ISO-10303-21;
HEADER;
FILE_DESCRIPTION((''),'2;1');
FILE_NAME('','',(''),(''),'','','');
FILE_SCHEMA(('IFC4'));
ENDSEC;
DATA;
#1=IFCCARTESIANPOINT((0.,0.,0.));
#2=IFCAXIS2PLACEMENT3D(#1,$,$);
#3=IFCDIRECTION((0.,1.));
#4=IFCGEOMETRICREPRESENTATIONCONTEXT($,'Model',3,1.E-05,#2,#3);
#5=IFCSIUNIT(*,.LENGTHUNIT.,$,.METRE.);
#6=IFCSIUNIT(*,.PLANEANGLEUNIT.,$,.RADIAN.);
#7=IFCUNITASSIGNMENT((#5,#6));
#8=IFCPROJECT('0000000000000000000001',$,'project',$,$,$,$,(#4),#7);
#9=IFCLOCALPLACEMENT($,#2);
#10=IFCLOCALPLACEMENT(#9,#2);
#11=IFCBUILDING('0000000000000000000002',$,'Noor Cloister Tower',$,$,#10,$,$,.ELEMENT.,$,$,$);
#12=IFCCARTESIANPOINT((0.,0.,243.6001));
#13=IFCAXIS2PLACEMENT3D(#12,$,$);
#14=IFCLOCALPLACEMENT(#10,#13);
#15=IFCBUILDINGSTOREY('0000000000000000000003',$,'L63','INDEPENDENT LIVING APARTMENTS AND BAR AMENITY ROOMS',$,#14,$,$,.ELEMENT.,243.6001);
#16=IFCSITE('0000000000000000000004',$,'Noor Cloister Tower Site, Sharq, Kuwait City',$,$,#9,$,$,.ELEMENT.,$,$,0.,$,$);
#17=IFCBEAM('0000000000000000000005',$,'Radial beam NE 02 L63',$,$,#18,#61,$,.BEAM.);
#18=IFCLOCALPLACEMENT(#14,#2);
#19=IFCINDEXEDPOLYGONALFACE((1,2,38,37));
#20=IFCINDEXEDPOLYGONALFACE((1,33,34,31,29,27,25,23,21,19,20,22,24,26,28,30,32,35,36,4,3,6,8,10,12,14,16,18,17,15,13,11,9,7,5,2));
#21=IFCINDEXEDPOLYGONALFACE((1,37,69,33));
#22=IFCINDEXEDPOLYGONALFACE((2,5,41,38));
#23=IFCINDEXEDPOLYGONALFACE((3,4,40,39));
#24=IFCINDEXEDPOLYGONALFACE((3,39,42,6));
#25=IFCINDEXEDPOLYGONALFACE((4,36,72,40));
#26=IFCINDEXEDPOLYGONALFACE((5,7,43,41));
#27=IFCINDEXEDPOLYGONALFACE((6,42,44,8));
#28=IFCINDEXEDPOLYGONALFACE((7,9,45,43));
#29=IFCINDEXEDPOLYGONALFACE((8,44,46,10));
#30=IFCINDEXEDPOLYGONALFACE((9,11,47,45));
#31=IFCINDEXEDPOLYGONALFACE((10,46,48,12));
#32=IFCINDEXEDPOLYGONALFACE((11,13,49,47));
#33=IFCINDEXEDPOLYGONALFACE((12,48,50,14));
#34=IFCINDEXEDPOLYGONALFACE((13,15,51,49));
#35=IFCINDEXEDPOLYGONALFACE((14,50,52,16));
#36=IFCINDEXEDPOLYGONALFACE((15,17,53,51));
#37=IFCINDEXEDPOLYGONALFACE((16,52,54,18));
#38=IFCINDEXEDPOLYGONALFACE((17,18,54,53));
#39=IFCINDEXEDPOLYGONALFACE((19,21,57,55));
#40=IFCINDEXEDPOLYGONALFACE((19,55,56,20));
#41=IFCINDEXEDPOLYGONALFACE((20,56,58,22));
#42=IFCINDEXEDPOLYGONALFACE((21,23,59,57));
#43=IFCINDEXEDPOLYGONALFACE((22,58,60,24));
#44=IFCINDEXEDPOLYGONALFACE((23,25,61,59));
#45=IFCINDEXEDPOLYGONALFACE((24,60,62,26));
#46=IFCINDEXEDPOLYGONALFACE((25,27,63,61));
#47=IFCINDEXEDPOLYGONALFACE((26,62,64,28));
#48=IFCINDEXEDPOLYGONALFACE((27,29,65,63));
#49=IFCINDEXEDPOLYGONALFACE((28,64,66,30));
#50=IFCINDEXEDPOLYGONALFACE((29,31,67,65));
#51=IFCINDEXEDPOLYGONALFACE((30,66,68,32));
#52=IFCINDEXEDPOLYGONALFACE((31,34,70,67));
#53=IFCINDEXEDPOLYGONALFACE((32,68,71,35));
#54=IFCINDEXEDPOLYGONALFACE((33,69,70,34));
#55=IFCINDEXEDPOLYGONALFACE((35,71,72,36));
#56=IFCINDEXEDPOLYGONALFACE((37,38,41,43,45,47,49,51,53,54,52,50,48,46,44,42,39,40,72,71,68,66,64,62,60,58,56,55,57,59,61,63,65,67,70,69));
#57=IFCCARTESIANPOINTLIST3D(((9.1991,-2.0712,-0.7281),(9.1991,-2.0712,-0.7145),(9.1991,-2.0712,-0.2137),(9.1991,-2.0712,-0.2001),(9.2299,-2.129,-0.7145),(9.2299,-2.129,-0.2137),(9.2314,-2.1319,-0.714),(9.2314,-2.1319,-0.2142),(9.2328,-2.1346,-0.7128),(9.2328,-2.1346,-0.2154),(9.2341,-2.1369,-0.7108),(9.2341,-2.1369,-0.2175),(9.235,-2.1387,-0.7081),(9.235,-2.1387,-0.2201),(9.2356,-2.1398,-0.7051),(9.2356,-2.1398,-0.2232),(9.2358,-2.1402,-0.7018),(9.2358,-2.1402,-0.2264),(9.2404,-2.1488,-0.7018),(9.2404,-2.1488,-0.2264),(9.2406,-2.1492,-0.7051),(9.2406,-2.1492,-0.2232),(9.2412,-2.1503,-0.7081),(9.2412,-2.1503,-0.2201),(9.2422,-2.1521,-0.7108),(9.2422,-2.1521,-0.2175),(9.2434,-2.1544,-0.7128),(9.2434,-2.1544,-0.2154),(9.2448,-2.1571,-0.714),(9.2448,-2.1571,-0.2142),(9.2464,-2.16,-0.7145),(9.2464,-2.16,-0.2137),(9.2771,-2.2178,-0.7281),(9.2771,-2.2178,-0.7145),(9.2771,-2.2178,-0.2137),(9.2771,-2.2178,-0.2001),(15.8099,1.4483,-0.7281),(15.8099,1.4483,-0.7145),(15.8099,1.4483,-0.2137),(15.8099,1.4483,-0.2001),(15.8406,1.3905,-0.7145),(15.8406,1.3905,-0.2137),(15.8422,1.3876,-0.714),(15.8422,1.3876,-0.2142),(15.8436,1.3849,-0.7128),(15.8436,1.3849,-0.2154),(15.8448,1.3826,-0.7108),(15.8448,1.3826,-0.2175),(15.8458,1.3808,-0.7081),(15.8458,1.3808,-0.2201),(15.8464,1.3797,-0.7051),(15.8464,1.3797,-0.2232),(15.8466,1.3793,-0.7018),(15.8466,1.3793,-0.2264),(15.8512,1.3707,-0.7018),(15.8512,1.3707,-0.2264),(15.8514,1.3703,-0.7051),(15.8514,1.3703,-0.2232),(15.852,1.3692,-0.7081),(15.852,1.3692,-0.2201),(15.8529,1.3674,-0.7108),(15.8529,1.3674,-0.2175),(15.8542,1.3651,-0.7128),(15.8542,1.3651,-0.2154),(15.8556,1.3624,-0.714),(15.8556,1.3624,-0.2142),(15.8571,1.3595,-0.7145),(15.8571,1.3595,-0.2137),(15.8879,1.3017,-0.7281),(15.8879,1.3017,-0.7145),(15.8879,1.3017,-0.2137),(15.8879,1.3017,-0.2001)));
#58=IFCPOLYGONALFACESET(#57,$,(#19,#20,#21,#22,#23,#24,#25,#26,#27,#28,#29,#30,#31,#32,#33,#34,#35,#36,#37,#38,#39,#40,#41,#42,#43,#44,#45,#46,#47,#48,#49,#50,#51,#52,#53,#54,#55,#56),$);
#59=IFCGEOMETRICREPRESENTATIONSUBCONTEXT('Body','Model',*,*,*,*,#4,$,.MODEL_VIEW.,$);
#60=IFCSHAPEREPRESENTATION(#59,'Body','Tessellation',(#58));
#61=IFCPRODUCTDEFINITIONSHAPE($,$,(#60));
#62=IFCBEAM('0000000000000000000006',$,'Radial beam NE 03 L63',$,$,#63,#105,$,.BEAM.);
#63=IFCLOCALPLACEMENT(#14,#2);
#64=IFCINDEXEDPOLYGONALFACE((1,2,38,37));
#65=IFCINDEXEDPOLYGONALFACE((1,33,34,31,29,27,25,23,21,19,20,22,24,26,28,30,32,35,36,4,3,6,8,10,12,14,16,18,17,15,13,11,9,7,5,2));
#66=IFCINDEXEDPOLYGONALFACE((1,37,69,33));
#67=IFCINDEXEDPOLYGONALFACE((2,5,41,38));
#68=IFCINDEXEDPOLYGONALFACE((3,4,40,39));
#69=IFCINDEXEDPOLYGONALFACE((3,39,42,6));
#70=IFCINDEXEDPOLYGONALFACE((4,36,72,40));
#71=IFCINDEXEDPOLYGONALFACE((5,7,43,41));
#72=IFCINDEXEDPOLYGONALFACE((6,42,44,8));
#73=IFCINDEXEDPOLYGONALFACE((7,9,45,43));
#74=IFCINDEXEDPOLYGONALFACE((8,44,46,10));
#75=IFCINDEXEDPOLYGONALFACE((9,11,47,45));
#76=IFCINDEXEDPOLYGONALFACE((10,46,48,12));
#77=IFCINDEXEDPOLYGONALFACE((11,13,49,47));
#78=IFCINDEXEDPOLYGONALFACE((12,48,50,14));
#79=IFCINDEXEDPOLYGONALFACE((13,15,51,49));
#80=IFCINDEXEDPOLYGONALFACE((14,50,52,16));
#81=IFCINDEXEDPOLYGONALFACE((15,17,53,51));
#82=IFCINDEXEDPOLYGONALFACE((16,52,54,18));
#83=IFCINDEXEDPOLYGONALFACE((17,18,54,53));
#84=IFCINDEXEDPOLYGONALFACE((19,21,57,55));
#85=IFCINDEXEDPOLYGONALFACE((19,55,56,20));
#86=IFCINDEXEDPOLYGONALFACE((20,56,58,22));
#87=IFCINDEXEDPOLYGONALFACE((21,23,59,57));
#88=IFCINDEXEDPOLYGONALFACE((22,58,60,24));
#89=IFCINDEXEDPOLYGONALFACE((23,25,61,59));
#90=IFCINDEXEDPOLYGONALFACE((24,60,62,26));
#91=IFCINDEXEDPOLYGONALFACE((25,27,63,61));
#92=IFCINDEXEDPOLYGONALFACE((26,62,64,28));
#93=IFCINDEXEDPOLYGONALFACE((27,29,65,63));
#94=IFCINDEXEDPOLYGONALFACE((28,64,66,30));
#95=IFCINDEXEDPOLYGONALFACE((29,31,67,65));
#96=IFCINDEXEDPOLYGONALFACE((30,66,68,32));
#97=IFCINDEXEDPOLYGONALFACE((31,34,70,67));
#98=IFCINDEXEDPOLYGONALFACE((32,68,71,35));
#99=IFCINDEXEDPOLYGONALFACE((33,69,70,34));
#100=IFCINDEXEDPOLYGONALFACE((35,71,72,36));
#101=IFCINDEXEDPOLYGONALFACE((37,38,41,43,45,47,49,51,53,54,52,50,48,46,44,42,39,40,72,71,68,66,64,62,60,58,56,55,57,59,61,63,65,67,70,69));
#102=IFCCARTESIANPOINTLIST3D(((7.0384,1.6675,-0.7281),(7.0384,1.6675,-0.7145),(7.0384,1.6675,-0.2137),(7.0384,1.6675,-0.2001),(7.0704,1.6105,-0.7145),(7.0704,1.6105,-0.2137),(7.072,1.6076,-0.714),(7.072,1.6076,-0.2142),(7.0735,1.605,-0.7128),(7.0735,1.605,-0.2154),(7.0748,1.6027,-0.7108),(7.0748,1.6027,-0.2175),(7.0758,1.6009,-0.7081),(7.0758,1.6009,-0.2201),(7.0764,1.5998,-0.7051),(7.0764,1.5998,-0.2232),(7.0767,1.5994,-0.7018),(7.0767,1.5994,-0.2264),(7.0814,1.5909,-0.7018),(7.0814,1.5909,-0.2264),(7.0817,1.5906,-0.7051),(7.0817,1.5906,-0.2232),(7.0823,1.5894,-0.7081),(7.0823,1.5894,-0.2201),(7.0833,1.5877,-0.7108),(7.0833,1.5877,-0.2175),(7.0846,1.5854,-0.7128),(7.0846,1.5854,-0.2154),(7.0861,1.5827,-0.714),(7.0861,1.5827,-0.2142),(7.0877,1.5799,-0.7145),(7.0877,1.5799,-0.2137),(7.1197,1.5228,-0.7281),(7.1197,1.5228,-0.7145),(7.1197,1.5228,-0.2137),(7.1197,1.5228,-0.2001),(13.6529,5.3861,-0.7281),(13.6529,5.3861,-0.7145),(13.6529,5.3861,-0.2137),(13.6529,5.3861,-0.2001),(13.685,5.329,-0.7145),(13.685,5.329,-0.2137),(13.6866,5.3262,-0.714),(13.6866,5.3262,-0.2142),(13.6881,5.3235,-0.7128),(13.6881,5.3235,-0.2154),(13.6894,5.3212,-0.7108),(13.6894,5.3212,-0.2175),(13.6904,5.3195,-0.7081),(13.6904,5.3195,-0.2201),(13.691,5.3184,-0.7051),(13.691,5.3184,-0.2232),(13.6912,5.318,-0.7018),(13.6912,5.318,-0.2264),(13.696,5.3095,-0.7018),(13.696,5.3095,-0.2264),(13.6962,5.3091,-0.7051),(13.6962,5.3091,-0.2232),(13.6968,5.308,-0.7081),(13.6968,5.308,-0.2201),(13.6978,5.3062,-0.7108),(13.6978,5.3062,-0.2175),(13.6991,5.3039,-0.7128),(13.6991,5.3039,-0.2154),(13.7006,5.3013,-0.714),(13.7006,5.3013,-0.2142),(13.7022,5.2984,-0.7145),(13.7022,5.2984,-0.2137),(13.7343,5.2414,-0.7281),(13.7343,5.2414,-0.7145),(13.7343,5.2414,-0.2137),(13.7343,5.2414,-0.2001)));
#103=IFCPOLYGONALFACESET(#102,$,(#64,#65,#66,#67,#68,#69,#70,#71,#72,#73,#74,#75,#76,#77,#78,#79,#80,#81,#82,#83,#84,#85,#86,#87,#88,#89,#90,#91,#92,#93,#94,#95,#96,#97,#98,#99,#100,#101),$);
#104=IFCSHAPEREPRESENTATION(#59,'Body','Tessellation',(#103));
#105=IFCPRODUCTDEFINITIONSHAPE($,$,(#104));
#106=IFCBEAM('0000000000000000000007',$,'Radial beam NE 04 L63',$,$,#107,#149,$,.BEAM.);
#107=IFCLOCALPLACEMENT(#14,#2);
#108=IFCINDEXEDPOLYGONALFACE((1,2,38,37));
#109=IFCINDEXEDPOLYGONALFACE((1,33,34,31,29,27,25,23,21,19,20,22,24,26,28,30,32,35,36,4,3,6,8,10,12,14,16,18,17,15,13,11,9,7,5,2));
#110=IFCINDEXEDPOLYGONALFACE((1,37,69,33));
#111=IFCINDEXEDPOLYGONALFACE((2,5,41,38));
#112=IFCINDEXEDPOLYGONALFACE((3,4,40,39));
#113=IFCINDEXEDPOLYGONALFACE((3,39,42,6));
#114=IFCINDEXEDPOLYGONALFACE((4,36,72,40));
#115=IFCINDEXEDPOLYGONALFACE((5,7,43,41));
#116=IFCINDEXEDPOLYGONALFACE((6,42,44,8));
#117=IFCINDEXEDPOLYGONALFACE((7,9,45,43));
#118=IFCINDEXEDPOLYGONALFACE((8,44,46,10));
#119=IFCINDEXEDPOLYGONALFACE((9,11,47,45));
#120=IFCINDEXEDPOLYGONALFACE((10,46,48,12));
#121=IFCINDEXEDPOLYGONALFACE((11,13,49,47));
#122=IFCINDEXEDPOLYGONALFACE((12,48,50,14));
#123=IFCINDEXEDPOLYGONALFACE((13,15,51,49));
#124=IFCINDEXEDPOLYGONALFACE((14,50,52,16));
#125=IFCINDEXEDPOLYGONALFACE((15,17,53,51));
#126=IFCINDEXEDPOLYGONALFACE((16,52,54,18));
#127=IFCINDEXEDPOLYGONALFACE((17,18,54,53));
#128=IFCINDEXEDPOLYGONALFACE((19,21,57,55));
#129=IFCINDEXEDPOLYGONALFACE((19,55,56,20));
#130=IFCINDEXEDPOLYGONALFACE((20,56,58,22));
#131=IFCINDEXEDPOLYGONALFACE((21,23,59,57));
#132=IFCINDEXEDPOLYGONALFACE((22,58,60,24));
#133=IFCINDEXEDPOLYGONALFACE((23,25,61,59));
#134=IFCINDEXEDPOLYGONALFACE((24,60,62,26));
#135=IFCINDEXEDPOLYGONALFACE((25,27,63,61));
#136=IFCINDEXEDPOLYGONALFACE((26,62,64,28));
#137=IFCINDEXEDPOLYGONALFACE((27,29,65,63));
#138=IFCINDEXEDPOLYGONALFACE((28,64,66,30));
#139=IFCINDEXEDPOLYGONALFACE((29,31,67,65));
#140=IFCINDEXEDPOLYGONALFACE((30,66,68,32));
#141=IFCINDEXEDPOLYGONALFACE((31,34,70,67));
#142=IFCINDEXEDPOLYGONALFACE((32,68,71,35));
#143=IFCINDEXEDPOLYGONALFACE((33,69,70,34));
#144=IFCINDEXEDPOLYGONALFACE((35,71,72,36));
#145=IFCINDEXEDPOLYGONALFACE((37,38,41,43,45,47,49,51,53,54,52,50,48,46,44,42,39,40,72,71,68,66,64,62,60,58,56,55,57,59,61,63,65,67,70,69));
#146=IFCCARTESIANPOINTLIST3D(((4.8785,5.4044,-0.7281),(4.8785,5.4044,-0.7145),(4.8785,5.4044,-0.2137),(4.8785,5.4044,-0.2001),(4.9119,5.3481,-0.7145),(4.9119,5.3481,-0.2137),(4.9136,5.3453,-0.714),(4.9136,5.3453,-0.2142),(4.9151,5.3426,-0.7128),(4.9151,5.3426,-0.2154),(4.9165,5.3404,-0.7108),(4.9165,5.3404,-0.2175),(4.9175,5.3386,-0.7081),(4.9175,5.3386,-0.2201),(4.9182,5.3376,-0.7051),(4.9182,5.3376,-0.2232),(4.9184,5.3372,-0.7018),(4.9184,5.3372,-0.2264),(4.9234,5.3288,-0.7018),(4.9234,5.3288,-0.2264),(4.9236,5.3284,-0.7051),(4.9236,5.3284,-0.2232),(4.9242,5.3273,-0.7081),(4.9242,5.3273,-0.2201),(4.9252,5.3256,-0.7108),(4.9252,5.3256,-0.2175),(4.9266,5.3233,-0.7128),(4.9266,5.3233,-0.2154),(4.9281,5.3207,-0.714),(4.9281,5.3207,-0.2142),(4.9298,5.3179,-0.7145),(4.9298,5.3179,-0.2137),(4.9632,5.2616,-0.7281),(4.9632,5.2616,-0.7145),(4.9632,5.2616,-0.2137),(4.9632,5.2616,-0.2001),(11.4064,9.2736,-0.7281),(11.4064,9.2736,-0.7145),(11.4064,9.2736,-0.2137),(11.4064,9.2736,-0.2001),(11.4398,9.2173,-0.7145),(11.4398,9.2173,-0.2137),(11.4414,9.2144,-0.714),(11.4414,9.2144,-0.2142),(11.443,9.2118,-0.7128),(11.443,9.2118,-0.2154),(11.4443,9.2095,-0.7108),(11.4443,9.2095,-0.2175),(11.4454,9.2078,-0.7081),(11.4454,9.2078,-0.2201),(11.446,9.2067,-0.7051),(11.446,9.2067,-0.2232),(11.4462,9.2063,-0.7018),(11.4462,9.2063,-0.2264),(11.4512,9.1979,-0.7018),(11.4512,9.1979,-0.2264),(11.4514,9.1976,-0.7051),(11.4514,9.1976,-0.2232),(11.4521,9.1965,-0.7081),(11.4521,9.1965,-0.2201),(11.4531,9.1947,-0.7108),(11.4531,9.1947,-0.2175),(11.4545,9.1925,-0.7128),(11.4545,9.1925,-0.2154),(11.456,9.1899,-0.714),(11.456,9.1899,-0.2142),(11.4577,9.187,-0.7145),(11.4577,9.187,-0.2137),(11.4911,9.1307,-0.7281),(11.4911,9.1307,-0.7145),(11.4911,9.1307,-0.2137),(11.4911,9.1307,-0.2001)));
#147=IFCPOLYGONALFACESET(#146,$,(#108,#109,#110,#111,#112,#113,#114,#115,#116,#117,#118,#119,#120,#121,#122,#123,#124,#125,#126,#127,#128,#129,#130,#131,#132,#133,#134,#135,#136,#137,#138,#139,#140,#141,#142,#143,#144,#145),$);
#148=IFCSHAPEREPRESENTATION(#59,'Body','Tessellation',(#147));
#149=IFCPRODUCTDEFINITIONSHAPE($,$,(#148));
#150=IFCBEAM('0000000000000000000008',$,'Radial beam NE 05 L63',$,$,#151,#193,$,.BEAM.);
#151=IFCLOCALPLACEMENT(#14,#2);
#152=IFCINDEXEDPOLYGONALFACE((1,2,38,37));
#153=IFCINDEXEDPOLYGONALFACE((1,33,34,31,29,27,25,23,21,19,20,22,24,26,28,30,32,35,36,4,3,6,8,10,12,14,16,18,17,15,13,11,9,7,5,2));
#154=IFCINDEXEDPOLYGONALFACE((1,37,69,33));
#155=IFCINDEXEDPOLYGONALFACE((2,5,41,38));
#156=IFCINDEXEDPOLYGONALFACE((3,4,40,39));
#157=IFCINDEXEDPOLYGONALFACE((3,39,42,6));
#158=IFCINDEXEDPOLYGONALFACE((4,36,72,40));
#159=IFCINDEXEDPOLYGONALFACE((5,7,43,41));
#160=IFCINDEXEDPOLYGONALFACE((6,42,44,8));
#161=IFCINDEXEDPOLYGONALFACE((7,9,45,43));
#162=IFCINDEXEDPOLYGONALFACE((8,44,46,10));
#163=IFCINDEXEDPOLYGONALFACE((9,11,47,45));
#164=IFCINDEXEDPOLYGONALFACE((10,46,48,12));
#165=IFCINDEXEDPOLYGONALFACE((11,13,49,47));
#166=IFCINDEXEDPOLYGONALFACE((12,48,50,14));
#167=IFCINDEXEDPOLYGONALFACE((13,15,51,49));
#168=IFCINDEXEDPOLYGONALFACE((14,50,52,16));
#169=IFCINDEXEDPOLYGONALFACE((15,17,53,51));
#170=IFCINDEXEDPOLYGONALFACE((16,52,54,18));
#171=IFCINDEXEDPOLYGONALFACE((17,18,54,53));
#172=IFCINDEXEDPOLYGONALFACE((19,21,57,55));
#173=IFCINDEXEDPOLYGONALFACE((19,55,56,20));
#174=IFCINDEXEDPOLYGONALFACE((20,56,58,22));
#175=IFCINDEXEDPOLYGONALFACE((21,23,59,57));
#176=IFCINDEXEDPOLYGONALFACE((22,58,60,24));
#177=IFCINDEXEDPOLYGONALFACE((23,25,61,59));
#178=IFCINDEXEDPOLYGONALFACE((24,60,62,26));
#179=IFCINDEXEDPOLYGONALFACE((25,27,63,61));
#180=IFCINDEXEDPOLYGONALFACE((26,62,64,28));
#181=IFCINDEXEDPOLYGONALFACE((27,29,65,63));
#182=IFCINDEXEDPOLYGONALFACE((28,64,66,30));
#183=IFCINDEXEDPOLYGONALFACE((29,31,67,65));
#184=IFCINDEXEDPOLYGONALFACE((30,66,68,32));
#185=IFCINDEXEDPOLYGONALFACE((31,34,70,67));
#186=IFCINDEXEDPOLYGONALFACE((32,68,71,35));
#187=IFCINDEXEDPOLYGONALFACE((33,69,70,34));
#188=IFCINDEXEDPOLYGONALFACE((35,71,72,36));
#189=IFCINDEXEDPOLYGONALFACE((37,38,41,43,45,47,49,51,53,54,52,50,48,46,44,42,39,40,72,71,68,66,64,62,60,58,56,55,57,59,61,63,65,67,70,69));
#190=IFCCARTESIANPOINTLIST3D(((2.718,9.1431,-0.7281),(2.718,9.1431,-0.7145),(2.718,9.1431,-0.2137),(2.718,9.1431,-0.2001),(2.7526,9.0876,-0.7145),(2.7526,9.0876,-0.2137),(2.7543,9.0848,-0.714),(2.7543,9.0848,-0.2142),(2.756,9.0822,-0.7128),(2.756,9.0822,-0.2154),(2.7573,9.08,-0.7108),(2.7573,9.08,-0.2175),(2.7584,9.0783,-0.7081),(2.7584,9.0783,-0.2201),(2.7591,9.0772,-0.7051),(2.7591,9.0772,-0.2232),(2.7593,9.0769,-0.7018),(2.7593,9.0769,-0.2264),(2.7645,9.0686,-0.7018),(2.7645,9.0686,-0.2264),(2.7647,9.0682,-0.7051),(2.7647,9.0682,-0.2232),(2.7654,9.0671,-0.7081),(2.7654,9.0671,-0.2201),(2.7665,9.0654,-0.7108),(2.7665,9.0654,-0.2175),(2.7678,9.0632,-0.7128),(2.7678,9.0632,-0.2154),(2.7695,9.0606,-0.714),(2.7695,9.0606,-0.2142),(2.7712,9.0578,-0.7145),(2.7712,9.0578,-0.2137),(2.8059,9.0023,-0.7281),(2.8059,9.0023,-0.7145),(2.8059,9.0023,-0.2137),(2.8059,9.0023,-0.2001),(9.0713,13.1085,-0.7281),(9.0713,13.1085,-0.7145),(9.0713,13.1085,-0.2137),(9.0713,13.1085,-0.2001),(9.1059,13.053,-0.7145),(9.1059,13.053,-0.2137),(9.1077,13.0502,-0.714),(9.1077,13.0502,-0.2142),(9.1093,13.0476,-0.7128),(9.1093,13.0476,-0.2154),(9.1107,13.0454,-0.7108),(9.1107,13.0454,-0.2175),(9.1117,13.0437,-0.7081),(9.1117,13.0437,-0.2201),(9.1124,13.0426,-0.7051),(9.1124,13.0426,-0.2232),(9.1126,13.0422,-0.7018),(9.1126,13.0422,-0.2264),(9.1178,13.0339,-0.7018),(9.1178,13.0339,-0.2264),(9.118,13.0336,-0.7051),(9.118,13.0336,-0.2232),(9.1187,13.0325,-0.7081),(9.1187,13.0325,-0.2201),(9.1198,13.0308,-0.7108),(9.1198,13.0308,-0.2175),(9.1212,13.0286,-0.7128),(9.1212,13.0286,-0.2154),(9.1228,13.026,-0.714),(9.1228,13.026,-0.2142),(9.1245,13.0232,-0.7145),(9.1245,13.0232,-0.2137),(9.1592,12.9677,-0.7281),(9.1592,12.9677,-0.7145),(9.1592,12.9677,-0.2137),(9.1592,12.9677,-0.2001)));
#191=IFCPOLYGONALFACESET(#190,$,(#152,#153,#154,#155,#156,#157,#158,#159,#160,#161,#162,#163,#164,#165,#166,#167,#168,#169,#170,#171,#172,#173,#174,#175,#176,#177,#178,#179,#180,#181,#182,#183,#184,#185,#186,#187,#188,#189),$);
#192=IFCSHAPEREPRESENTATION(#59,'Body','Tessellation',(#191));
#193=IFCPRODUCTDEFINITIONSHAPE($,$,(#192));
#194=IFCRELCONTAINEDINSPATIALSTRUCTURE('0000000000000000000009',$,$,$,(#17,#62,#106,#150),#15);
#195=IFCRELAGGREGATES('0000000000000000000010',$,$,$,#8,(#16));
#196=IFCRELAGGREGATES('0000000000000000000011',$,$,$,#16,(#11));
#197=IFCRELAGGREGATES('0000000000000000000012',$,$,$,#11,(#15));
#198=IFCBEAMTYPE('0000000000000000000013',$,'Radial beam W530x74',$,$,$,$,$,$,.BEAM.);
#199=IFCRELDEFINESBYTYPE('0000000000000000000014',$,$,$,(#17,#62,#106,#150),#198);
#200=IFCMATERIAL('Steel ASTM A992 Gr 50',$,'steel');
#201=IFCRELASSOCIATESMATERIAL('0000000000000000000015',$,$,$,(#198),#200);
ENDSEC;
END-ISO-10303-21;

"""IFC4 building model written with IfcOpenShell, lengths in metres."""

from ifc_helpers import new_model, si_unit, direction, frame, origin, origin_2d, place, context, subcontext, project, spatial, i_section, extrude, material, material_profile, profile_set, type_object, element, save


model = new_model("IFC4")

# Units and contexts
model_context = context("Model", 3, precision=1e-05, world=origin(), true_north=direction((0.0, 1.0)))
body_context = subcontext(model_context, "Body", "Model", "MODEL_VIEW")
ifc_project = project(units=[si_unit("LENGTHUNIT", "METRE"), si_unit("PLANEANGLEUNIT", "RADIAN")], contexts=[model_context])

# Site, building, storey
site_placement = place(None, origin())
site = spatial("IfcSite", under=ifc_project, at=site_placement, Name="Noor Cloister Tower Site, Sharq, Kuwait City", CompositionType="ELEMENT", RefElevation=0.0)
building_placement = place(site_placement, origin())
building = spatial("IfcBuilding", under=site, at=building_placement, Name="Noor Cloister Tower", CompositionType="ELEMENT")
storey_placement = place(building_placement, frame((0.0, 0.0, 243.6001)))
storey = spatial("IfcBuildingStorey", under=building, at=storey_placement, Name="L63", Description="INDEPENDENT LIVING APARTMENTS AND BAR AMENITY ROOMS", CompositionType="ELEMENT", Elevation=243.6001)

# Beams
ifc_material_1 = material(Name="Steel ASTM A992 Gr 50", Category="steel")
ifc_material_profile_1 = material_profile(ifc_material_1, i_section(OverallWidth=0.166, OverallDepth=0.5281, WebThickness=0.0098, FlangeThickness=0.0137, FilletRadius=0.0127, at=origin_2d()), Name="W530x74")
ifc_profile_set_1 = profile_set([ifc_material_profile_1], Name="Steel ASTM A992 Gr 50")
beam_type_1 = type_object("IfcBeamType", Name="Radial beam W530x74", PredefinedType="BEAM", material=ifc_profile_set_1)
beam_1_placement = place(storey_placement, frame((15.8489, 1.375, -0.4641), z_axis=(-0.882699, -0.469938, 0.0), x_axis=(0.469938, -0.882699, 0.0)))
element("IfcBeam", 1, at=beam_1_placement, inside=storey, type_object=beam_type_1, Name="Radial beam NE 02 L63", PredefinedType="BEAM", context=body_context, shape_type="SweptSolid", body=[
    extrude(i_section(OverallWidth=0.166, OverallDepth=0.5281, WebThickness=0.0098, FlangeThickness=0.0137, FilletRadius=0.0127, at=origin_2d()), origin(), (0.0, 0.0, 1.0), 7.4893),
])
beam_2_placement = place(storey_placement, frame((13.6936, 5.3137, -0.4641), z_axis=(-0.871697, -0.490046, 0.0), x_axis=(0.490046, -0.871697, 0.0)))
element("IfcBeam", 2, at=beam_2_placement, inside=storey, type_object=beam_type_1, Name="Radial beam NE 03 L63", PredefinedType="BEAM", context=body_context, shape_type="SweptSolid", body=[
    extrude(i_section(OverallWidth=0.166, OverallDepth=0.5281, WebThickness=0.0098, FlangeThickness=0.0137, FilletRadius=0.0127, at=origin_2d()), origin(), (0.0, 0.0, 1.0), 7.5881),
])
beam_3_placement = place(storey_placement, frame((11.4487, 9.2021, -0.4641), z_axis=(-0.860246, -0.50988, 0.0), x_axis=(0.50988, -0.860246, 0.0)))
element("IfcBeam", 3, at=beam_3_placement, inside=storey, type_object=beam_type_1, Name="Radial beam NE 04 L63", PredefinedType="BEAM", context=body_context, shape_type="SweptSolid", body=[
    extrude(i_section(OverallWidth=0.166, OverallDepth=0.5281, WebThickness=0.0098, FlangeThickness=0.0137, FilletRadius=0.0127, at=origin_2d()), origin(), (0.0, 0.0, 1.0), 7.5884),
])
beam_4_placement = place(storey_placement, frame((9.1152, 13.0381, -0.4641), z_axis=(-0.848326, -0.529474, 0.0), x_axis=(0.529474, -0.848326, 0.0)))
element("IfcBeam", 4, at=beam_4_placement, inside=storey, type_object=beam_type_1, Name="Radial beam NE 05 L63", PredefinedType="BEAM", context=body_context, shape_type="SweptSolid", body=[
    extrude(i_section(OverallWidth=0.166, OverallDepth=0.5281, WebThickness=0.0098, FlangeThickness=0.0137, FilletRadius=0.0127, at=origin_2d()), origin(), (0.0, 0.0, 1.0), 7.4893),
])

save(model, "model.ifc")
